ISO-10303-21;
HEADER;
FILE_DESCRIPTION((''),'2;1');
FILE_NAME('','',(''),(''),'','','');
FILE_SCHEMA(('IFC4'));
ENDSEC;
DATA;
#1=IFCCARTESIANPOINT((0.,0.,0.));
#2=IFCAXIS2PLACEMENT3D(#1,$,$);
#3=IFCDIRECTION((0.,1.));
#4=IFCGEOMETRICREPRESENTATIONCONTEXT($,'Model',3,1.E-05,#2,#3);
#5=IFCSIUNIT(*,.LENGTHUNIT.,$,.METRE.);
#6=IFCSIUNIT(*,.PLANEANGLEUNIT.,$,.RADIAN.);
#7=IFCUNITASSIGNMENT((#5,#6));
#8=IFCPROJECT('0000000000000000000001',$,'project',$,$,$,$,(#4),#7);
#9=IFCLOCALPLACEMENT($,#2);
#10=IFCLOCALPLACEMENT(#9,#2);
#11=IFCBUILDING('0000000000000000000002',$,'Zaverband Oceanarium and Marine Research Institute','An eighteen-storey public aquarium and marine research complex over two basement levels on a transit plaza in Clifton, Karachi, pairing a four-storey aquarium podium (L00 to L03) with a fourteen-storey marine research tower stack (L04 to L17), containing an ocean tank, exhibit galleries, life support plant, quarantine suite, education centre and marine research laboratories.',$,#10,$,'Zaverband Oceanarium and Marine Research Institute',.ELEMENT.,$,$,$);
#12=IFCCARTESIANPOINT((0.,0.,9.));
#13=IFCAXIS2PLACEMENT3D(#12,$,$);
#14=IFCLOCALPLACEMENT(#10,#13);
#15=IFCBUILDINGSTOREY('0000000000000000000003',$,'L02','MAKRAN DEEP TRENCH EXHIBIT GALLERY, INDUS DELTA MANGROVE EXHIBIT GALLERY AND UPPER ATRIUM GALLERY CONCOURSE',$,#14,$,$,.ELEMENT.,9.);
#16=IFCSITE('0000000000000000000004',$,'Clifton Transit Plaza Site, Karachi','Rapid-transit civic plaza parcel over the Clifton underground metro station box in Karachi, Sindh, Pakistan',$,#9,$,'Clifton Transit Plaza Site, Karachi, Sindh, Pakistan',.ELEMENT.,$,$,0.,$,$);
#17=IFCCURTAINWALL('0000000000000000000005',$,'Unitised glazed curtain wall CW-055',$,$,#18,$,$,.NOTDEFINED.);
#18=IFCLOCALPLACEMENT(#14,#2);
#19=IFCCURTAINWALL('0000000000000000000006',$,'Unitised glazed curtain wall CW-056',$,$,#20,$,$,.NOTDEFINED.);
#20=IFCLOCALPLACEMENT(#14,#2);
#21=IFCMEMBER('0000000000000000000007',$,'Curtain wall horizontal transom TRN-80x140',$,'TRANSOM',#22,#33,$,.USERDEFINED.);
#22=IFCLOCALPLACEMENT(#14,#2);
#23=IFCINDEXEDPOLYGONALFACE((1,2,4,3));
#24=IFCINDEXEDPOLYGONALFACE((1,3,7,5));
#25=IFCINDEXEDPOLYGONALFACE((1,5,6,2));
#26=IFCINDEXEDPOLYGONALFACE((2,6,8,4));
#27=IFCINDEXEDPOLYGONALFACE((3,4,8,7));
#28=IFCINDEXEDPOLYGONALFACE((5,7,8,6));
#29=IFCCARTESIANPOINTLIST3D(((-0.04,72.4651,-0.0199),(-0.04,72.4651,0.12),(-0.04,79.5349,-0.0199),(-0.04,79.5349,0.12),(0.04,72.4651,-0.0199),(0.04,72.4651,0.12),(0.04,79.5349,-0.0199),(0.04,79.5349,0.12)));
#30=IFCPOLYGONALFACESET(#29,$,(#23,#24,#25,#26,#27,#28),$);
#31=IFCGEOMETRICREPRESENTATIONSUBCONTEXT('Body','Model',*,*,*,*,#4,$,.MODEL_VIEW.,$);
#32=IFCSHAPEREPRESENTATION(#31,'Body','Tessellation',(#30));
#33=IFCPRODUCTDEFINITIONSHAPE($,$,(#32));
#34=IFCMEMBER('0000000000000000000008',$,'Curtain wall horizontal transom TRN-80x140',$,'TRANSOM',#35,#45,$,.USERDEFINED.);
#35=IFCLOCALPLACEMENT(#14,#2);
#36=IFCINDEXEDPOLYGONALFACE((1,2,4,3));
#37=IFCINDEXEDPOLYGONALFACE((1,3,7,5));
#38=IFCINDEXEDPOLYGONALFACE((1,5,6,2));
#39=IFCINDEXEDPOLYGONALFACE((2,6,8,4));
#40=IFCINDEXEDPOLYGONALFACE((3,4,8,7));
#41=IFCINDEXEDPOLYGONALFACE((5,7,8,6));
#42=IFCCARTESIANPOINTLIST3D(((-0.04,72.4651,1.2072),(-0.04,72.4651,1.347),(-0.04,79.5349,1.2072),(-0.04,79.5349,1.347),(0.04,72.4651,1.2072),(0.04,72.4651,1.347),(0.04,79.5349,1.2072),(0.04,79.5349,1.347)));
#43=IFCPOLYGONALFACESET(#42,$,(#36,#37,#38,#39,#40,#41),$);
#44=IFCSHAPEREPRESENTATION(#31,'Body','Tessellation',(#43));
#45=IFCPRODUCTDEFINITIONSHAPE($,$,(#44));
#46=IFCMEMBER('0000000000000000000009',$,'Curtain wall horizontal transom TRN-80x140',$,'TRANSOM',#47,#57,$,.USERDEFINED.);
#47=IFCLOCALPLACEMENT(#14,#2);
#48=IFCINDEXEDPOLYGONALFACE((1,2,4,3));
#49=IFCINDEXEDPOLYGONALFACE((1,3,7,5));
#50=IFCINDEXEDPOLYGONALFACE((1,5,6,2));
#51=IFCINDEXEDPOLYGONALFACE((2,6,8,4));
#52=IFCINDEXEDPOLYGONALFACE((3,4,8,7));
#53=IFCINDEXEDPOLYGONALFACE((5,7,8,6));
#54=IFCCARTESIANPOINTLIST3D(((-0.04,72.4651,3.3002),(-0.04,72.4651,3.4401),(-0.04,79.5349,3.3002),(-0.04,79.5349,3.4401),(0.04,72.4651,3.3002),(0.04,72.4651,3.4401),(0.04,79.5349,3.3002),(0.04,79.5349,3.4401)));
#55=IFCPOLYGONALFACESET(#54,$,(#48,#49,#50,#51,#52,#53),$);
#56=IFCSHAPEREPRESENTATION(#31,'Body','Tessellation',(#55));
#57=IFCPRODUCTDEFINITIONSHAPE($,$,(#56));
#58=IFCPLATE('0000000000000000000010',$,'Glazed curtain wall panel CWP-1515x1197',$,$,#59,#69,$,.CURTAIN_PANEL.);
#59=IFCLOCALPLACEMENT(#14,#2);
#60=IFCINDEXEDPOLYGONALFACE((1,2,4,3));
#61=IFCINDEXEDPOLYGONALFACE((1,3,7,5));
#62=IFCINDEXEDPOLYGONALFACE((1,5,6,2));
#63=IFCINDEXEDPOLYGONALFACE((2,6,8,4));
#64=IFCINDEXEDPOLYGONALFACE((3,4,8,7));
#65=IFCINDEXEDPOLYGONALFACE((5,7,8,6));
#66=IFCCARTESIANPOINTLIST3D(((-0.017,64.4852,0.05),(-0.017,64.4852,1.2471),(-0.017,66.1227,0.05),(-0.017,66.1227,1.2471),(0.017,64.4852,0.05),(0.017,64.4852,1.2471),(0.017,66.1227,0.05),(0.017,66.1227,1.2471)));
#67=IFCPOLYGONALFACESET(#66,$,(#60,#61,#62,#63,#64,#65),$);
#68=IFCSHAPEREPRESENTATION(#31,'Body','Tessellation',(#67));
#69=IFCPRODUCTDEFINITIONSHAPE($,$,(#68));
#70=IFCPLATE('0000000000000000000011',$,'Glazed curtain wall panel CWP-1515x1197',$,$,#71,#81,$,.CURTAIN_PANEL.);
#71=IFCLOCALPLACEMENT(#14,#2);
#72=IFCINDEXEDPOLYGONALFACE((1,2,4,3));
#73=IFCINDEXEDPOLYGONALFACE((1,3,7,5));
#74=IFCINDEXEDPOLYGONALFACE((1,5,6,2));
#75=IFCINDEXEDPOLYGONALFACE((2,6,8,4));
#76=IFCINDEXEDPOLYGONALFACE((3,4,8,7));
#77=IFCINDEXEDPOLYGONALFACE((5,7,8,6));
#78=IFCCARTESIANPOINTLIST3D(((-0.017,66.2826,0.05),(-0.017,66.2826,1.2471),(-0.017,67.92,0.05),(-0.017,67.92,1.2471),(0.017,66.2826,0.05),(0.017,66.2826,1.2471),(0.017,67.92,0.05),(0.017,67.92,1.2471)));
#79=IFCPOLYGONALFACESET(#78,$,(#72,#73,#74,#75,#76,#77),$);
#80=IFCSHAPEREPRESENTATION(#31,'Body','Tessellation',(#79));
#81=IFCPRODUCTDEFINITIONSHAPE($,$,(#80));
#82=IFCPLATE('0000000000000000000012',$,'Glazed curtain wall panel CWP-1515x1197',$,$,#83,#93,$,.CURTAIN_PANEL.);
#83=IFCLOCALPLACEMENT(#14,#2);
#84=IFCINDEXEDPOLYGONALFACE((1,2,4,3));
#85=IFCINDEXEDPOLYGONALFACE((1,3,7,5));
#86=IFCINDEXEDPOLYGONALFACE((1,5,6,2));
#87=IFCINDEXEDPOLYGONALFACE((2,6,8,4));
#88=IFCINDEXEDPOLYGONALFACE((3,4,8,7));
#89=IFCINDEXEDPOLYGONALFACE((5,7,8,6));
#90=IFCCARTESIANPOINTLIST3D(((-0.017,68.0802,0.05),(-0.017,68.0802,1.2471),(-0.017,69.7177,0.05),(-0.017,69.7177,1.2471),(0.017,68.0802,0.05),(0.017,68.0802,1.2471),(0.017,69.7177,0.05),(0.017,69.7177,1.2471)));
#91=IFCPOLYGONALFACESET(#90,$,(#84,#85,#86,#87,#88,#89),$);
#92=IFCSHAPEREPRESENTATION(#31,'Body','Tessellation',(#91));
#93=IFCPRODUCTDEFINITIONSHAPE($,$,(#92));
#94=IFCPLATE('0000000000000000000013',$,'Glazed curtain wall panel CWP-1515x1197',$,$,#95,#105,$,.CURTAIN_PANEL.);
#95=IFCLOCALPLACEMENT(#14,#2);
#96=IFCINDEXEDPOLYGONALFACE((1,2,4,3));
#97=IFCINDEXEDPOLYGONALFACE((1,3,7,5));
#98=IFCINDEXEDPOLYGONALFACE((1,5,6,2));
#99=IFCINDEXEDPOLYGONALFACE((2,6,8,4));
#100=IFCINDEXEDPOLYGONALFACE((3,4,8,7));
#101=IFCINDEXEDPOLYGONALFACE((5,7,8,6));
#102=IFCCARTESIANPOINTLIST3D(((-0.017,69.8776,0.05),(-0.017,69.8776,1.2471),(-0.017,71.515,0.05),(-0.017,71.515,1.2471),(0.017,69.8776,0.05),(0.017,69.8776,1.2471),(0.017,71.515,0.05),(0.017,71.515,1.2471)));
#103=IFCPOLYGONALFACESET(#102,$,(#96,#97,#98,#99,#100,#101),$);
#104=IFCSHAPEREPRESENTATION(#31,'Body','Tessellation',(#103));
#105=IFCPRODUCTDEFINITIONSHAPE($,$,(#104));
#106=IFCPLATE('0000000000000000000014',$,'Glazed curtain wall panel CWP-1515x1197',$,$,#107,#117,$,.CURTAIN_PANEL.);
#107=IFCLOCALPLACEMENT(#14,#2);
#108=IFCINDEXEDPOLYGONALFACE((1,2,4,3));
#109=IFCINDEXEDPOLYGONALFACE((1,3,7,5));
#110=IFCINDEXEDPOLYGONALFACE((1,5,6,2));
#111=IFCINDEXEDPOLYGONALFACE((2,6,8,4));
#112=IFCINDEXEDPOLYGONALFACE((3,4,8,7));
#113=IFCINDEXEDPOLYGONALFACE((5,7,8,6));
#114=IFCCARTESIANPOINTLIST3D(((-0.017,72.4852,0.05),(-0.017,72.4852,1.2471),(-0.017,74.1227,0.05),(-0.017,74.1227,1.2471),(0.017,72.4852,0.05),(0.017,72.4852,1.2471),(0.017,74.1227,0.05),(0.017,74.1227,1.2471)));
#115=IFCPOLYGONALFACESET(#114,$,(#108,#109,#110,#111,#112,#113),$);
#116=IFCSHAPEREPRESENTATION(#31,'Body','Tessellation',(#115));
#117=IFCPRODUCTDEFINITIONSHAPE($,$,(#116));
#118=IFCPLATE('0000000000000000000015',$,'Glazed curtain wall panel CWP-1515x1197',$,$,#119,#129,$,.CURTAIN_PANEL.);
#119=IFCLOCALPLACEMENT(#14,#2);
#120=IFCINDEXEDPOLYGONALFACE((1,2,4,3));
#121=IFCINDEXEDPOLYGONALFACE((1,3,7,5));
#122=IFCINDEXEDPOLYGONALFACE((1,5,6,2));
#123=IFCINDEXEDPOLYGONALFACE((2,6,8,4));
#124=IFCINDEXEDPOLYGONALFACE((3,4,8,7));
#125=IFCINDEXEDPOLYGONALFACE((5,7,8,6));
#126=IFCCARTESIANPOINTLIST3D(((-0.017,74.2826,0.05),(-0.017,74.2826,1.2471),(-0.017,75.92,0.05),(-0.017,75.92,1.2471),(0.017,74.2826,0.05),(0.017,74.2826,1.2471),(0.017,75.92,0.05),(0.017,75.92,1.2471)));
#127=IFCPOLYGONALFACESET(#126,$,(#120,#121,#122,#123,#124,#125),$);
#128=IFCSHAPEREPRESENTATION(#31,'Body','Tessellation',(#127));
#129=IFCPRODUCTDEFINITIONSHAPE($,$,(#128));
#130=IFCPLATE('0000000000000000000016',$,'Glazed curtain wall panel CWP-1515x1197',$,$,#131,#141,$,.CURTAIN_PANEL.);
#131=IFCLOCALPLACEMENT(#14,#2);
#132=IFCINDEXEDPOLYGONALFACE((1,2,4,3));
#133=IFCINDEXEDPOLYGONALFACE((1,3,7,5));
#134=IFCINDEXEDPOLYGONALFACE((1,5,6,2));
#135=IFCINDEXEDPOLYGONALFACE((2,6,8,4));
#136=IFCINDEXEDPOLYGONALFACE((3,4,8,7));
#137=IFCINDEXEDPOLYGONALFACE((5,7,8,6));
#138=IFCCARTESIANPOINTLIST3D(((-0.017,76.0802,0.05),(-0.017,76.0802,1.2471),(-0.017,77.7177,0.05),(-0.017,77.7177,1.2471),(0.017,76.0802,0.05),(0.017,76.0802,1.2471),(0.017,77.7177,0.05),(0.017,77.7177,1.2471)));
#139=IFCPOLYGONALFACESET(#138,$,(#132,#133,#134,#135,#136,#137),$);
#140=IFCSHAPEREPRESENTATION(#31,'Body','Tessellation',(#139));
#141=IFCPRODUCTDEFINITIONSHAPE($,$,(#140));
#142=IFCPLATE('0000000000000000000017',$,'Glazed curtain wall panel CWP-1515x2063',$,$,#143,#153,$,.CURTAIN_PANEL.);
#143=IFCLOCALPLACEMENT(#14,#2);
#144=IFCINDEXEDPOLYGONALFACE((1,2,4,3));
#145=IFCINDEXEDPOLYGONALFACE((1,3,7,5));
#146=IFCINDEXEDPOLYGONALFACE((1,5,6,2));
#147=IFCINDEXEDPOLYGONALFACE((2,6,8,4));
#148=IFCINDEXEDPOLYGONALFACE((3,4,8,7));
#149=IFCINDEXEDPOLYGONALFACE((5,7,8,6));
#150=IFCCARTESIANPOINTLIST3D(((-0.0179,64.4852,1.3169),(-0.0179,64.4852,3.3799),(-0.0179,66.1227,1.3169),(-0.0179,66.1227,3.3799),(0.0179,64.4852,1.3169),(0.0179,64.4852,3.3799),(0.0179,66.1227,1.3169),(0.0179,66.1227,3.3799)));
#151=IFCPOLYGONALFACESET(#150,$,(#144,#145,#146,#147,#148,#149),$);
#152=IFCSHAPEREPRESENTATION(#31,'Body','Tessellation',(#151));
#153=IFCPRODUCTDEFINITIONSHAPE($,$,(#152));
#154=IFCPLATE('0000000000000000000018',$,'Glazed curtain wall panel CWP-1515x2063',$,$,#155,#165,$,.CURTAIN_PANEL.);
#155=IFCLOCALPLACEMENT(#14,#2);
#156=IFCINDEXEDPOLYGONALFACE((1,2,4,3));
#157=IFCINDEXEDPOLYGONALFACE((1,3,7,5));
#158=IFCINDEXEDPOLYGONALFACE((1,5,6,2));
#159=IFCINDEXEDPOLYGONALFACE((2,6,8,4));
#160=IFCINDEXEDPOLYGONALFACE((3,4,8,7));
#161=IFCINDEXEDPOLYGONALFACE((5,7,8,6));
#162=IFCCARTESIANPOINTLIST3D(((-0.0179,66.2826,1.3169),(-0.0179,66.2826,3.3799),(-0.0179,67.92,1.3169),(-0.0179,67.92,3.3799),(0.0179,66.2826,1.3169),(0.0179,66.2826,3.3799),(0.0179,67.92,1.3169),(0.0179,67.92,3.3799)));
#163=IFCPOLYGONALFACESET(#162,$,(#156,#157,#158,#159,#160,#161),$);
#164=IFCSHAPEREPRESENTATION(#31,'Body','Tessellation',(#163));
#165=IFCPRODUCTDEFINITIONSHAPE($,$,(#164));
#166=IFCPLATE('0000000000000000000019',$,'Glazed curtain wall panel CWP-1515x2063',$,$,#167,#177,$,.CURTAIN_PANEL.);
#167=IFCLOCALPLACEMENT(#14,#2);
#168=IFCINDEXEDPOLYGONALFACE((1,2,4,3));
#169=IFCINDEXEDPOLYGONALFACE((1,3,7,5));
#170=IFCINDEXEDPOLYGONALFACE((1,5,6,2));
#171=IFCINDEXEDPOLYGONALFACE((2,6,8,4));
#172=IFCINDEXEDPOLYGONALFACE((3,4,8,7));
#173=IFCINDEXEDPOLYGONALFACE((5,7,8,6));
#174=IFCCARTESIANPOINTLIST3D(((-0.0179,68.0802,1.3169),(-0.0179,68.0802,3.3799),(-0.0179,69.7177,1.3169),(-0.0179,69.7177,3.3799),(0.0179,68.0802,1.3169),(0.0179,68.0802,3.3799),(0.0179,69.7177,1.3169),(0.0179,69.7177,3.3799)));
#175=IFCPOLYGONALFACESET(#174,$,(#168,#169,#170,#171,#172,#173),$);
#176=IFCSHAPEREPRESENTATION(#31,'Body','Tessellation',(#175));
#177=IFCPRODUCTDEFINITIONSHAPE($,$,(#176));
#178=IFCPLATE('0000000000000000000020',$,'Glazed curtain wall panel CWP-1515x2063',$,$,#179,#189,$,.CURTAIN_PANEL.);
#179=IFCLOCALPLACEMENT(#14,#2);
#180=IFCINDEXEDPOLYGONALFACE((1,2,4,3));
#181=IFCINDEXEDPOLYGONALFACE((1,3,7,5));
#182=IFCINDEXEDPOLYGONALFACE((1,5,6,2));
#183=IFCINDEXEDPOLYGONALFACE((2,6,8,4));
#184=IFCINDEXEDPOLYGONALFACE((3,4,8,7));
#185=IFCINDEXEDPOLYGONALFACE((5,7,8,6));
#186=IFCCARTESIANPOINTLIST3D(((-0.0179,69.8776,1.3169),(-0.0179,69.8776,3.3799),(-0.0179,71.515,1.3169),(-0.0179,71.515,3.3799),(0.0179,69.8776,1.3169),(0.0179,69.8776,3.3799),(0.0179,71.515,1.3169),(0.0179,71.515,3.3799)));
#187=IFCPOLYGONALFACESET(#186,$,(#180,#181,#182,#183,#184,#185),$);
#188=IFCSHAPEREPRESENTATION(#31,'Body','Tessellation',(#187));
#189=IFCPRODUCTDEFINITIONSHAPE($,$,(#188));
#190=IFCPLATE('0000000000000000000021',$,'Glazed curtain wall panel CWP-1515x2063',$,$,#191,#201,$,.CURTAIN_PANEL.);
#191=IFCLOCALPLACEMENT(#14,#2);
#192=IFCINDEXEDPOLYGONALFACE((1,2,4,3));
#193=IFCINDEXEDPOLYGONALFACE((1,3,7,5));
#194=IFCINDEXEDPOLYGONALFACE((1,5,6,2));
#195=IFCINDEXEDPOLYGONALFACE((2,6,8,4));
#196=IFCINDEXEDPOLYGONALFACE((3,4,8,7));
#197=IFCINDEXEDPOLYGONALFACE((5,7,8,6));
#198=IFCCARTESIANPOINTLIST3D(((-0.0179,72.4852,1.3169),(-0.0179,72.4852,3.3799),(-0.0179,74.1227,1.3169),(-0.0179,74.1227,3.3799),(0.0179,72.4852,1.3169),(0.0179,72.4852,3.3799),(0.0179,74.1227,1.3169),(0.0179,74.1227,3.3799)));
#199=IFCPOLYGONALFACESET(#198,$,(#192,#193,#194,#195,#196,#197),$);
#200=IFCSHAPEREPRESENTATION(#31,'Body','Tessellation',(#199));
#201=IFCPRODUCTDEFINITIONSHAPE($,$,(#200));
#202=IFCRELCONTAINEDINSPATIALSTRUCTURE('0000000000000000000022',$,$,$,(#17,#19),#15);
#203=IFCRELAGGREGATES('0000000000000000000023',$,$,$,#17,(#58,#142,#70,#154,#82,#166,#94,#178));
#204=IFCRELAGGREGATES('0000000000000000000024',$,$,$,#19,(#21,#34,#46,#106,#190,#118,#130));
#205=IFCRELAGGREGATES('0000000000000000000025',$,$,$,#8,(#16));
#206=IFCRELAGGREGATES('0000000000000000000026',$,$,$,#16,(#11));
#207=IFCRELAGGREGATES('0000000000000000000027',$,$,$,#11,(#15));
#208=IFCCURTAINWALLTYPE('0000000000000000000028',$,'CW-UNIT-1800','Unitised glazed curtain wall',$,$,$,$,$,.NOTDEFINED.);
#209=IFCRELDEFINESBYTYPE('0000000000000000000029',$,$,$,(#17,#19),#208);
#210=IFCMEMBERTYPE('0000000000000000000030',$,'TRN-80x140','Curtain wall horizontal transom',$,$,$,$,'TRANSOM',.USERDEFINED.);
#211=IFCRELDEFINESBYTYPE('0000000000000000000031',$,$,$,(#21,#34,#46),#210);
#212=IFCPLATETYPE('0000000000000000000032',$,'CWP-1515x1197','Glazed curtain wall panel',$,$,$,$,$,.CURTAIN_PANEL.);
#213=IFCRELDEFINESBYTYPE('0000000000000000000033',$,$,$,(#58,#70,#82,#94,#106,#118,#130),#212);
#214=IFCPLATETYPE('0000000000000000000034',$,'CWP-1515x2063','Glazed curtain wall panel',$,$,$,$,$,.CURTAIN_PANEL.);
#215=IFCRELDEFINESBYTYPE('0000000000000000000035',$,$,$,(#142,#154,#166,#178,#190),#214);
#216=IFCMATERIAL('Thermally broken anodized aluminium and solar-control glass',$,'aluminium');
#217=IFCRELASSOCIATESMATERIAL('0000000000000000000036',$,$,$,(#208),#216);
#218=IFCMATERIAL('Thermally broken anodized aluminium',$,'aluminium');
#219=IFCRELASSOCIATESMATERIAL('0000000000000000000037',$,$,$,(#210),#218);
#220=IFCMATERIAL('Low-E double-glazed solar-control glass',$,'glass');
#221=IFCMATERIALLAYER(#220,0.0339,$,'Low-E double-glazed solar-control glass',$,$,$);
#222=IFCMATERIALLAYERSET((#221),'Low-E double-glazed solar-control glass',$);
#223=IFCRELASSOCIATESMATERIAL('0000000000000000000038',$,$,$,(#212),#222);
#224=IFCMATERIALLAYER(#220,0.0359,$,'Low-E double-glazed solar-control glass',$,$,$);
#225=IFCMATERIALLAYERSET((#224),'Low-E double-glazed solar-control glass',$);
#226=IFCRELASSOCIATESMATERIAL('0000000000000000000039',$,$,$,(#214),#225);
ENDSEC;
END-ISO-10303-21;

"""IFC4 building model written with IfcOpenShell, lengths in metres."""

from ifc_helpers import new_model, si_unit, direction, frame, frame_2d, origin, origin_2d, place, context, subcontext, project, spatial, rectangle, extrude, material, layer, layer_set, material_profile, profile_set, type_object, element, aggregate, save


model = new_model("IFC4")

# Units and contexts
model_context = context("Model", 3, precision=1e-05, world=origin(), true_north=direction((0.0, 1.0)))
body_context = subcontext(model_context, "Body", "Model", "MODEL_VIEW")
ifc_project = project(units=[si_unit("LENGTHUNIT", "METRE"), si_unit("PLANEANGLEUNIT", "RADIAN")], contexts=[model_context])

# Site, building, storey
site_placement = place(None, origin())
site = spatial("IfcSite", under=ifc_project, at=site_placement, Name="Clifton Transit Plaza Site, Karachi", Description="Rapid-transit civic plaza parcel over the Clifton underground metro station box in Karachi, Sindh, Pakistan", LongName="Clifton Transit Plaza Site, Karachi, Sindh, Pakistan", CompositionType="ELEMENT", RefElevation=0.0)
building_placement = place(site_placement, origin())
building = spatial("IfcBuilding", under=site, at=building_placement, Name="Zaverband Oceanarium and Marine Research Institute", Description="An eighteen-storey public aquarium and marine research complex over two basement levels on a transit plaza in Clifton, Karachi, pairing a four-storey aquarium podium (L00 to L03) with a fourteen-storey marine research tower stack (L04 to L17), containing an ocean tank, exhibit galleries, life support plant, quarantine suite, education centre and marine research laboratories.", LongName="Zaverband Oceanarium and Marine Research Institute", CompositionType="ELEMENT")
storey_placement = place(building_placement, frame((0.0, 0.0, 9.0)))
storey = spatial("IfcBuildingStorey", under=building, at=storey_placement, Name="L02", Description="MAKRAN DEEP TRENCH EXHIBIT GALLERY, INDUS DELTA MANGROVE EXHIBIT GALLERY AND UPPER ATRIUM GALLERY CONCOURSE", CompositionType="ELEMENT", Elevation=9.0)

# Curtain walls
ifc_material_1 = material(Name="Thermally broken anodized aluminium and solar-control glass", Category="aluminium")
curtain_wall_type = type_object("IfcCurtainWallType", Name="CW-UNIT-1800", Description="Unitised glazed curtain wall", PredefinedType="NOTDEFINED", material=ifc_material_1)
curtain_wall_1_placement = place(storey_placement, origin())
curtain_wall_1 = element("IfcCurtainWall", 1, at=curtain_wall_1_placement, inside=storey, type_object=curtain_wall_type, Name="Unitised glazed curtain wall CW-055", PredefinedType="NOTDEFINED")
ifc_material_2 = material(Name="Thermally broken anodized aluminium", Category="aluminium")
curtain_wall_2_placement = place(storey_placement, origin())
curtain_wall_2 = element("IfcCurtainWall", 2, at=curtain_wall_2_placement, inside=storey, type_object=curtain_wall_type, Name="Unitised glazed curtain wall CW-056", PredefinedType="NOTDEFINED")

# Members
ifc_material_profile_1 = material_profile(ifc_material_2, rectangle(XDim=0.0801, YDim=0.1399, at=origin_2d()), Name="AL-TRN-80x140")
ifc_profile_set_1 = profile_set([ifc_material_profile_1], Name="Thermally broken anodized aluminium")
member_type_1 = type_object("IfcMemberType", Name="TRN-80x140", Description="Curtain wall horizontal transom", ElementType="TRANSOM", PredefinedType="USERDEFINED", material=ifc_profile_set_1)
member_1_placement = place(storey_placement, frame((0.0, 72.4651, 0.05), z_axis=(0.0, 1.0, 0.0), x_axis=(-1.0, 0.0, 0.0)))
member_1 = element("IfcMember", 3, at=member_1_placement, type_object=member_type_1, Name="Curtain wall horizontal transom TRN-80x140", ObjectType="TRANSOM", PredefinedType="USERDEFINED", context=body_context, shape_type="SweptSolid", body=[
    extrude(rectangle(XDim=0.0801, YDim=0.1399, at=origin_2d()), origin(), (0.0, 0.0, 1.0), 7.0698),
])
member_2_placement = place(storey_placement, frame((0.0, 72.4651, 1.2771), z_axis=(0.0, 1.0, 0.0), x_axis=(-1.0, 0.0, 0.0)))
member_2 = element("IfcMember", 4, at=member_2_placement, type_object=member_type_1, Name="Curtain wall horizontal transom TRN-80x140", ObjectType="TRANSOM", PredefinedType="USERDEFINED", context=body_context, shape_type="SweptSolid", body=[
    extrude(rectangle(XDim=0.0801, YDim=0.1399, at=origin_2d()), origin(), (0.0, 0.0, 1.0), 7.0698),
])
member_3_placement = place(storey_placement, frame((0.0, 72.4651, 3.3701), z_axis=(0.0, 1.0, 0.0), x_axis=(-1.0, 0.0, 0.0)))
member_3 = element("IfcMember", 5, at=member_3_placement, type_object=member_type_1, Name="Curtain wall horizontal transom TRN-80x140", ObjectType="TRANSOM", PredefinedType="USERDEFINED", context=body_context, shape_type="SweptSolid", body=[
    extrude(rectangle(XDim=0.0801, YDim=0.1399, at=origin_2d()), origin(), (0.0, 0.0, 1.0), 7.0698),
])

# Plates
ifc_material_3 = material(Name="Low-E double-glazed solar-control glass", Category="glass")
ifc_layer_1 = layer(ifc_material_3, 0.0339, Name="Low-E double-glazed solar-control glass")
ifc_layer_set_1 = layer_set([ifc_layer_1], Name="Low-E double-glazed solar-control glass")
plate_type_1 = type_object("IfcPlateType", Name="CWP-1515x1197", Description="Glazed curtain wall panel", PredefinedType="CURTAIN_PANEL", material=ifc_layer_set_1)
plate_1_placement = place(storey_placement, frame((0.0, 64.4851, 0.05), z_axis=(0.0, 0.0, 1.0), x_axis=(0.0, 1.0, 0.0)))
plate_1 = element("IfcPlate", 6, at=plate_1_placement, type_object=plate_type_1, Name="Glazed curtain wall panel CWP-1515x1197", PredefinedType="CURTAIN_PANEL", context=body_context, shape_type="SweptSolid", body=[
    extrude(rectangle(XDim=1.6375, YDim=0.0339, at=frame_2d((0.8188, 0.0))), origin(), (0.0, 0.0, 1.0), 1.197),
])
plate_2_placement = place(storey_placement, frame((0.0, 66.2825, 0.05), z_axis=(0.0, 0.0, 1.0), x_axis=(0.0, 1.0, 0.0)))
plate_2 = element("IfcPlate", 7, at=plate_2_placement, type_object=plate_type_1, Name="Glazed curtain wall panel CWP-1515x1197", PredefinedType="CURTAIN_PANEL", context=body_context, shape_type="SweptSolid", body=[
    extrude(rectangle(XDim=1.6375, YDim=0.0339, at=frame_2d((0.8188, 0.0))), origin(), (0.0, 0.0, 1.0), 1.197),
])
plate_3_placement = place(storey_placement, frame((0.0, 68.0801, 0.05), z_axis=(0.0, 0.0, 1.0), x_axis=(0.0, 1.0, 0.0)))
plate_3 = element("IfcPlate", 8, at=plate_3_placement, type_object=plate_type_1, Name="Glazed curtain wall panel CWP-1515x1197", PredefinedType="CURTAIN_PANEL", context=body_context, shape_type="SweptSolid", body=[
    extrude(rectangle(XDim=1.6375, YDim=0.0339, at=frame_2d((0.8188, 0.0))), origin(), (0.0, 0.0, 1.0), 1.197),
])
plate_4_placement = place(storey_placement, frame((0.0, 69.8774, 0.05), z_axis=(0.0, 0.0, 1.0), x_axis=(0.0, 1.0, 0.0)))
plate_4 = element("IfcPlate", 9, at=plate_4_placement, type_object=plate_type_1, Name="Glazed curtain wall panel CWP-1515x1197", PredefinedType="CURTAIN_PANEL", context=body_context, shape_type="SweptSolid", body=[
    extrude(rectangle(XDim=1.6375, YDim=0.0339, at=frame_2d((0.8188, 0.0))), origin(), (0.0, 0.0, 1.0), 1.197),
])
plate_5_placement = place(storey_placement, frame((0.0, 72.4851, 0.05), z_axis=(0.0, 0.0, 1.0), x_axis=(0.0, 1.0, 0.0)))
plate_5 = element("IfcPlate", 10, at=plate_5_placement, type_object=plate_type_1, Name="Glazed curtain wall panel CWP-1515x1197", PredefinedType="CURTAIN_PANEL", context=body_context, shape_type="SweptSolid", body=[
    extrude(rectangle(XDim=1.6375, YDim=0.0339, at=frame_2d((0.8188, 0.0))), origin(), (0.0, 0.0, 1.0), 1.197),
])
plate_6_placement = place(storey_placement, frame((0.0, 74.2825, 0.05), z_axis=(0.0, 0.0, 1.0), x_axis=(0.0, 1.0, 0.0)))
plate_6 = element("IfcPlate", 11, at=plate_6_placement, type_object=plate_type_1, Name="Glazed curtain wall panel CWP-1515x1197", PredefinedType="CURTAIN_PANEL", context=body_context, shape_type="SweptSolid", body=[
    extrude(rectangle(XDim=1.6375, YDim=0.0339, at=frame_2d((0.8188, 0.0))), origin(), (0.0, 0.0, 1.0), 1.197),
])
plate_7_placement = place(storey_placement, frame((0.0, 76.0801, 0.05), z_axis=(0.0, 0.0, 1.0), x_axis=(0.0, 1.0, 0.0)))
plate_7 = element("IfcPlate", 12, at=plate_7_placement, type_object=plate_type_1, Name="Glazed curtain wall panel CWP-1515x1197", PredefinedType="CURTAIN_PANEL", context=body_context, shape_type="SweptSolid", body=[
    extrude(rectangle(XDim=1.6375, YDim=0.0339, at=frame_2d((0.8188, 0.0))), origin(), (0.0, 0.0, 1.0), 1.197),
])
ifc_layer_2 = layer(ifc_material_3, 0.0359, Name="Low-E double-glazed solar-control glass")
ifc_layer_set_2 = layer_set([ifc_layer_2], Name="Low-E double-glazed solar-control glass")
plate_type_2 = type_object("IfcPlateType", Name="CWP-1515x2063", Description="Glazed curtain wall panel", PredefinedType="CURTAIN_PANEL", material=ifc_layer_set_2)
plate_8_placement = place(storey_placement, frame((0.0, 64.4851, 1.3169), z_axis=(0.0, 0.0, 1.0), x_axis=(0.0, 1.0, 0.0)))
plate_8 = element("IfcPlate", 13, at=plate_8_placement, type_object=plate_type_2, Name="Glazed curtain wall panel CWP-1515x2063", PredefinedType="CURTAIN_PANEL", context=body_context, shape_type="SweptSolid", body=[
    extrude(rectangle(XDim=1.6375, YDim=0.0359, at=frame_2d((0.8188, 0.0))), origin(), (0.0, 0.0, 1.0), 2.063),
])
plate_9_placement = place(storey_placement, frame((0.0, 66.2825, 1.3169), z_axis=(0.0, 0.0, 1.0), x_axis=(0.0, 1.0, 0.0)))
plate_9 = element("IfcPlate", 14, at=plate_9_placement, type_object=plate_type_2, Name="Glazed curtain wall panel CWP-1515x2063", PredefinedType="CURTAIN_PANEL", context=body_context, shape_type="SweptSolid", body=[
    extrude(rectangle(XDim=1.6375, YDim=0.0359, at=frame_2d((0.8188, 0.0))), origin(), (0.0, 0.0, 1.0), 2.063),
])
plate_10_placement = place(storey_placement, frame((0.0, 68.0801, 1.3169), z_axis=(0.0, 0.0, 1.0), x_axis=(0.0, 1.0, 0.0)))
plate_10 = element("IfcPlate", 15, at=plate_10_placement, type_object=plate_type_2, Name="Glazed curtain wall panel CWP-1515x2063", PredefinedType="CURTAIN_PANEL", context=body_context, shape_type="SweptSolid", body=[
    extrude(rectangle(XDim=1.6375, YDim=0.0359, at=frame_2d((0.8188, 0.0))), origin(), (0.0, 0.0, 1.0), 2.063),
])
plate_11_placement = place(storey_placement, frame((0.0, 69.8774, 1.3169), z_axis=(0.0, 0.0, 1.0), x_axis=(0.0, 1.0, 0.0)))
plate_11 = element("IfcPlate", 16, at=plate_11_placement, type_object=plate_type_2, Name="Glazed curtain wall panel CWP-1515x2063", PredefinedType="CURTAIN_PANEL", context=body_context, shape_type="SweptSolid", body=[
    extrude(rectangle(XDim=1.6375, YDim=0.0359, at=frame_2d((0.8188, 0.0))), origin(), (0.0, 0.0, 1.0), 2.063),
])
aggregate(curtain_wall_1, [plate_1, plate_8, plate_2, plate_9, plate_3, plate_10, plate_4, plate_11])
plate_12_placement = place(storey_placement, frame((0.0, 72.4851, 1.3169), z_axis=(0.0, 0.0, 1.0), x_axis=(0.0, 1.0, 0.0)))
plate_12 = element("IfcPlate", 17, at=plate_12_placement, type_object=plate_type_2, Name="Glazed curtain wall panel CWP-1515x2063", PredefinedType="CURTAIN_PANEL", context=body_context, shape_type="SweptSolid", body=[
    extrude(rectangle(XDim=1.6375, YDim=0.0359, at=frame_2d((0.8188, 0.0))), origin(), (0.0, 0.0, 1.0), 2.063),
])
aggregate(curtain_wall_2, [member_1, member_2, member_3, plate_5, plate_12, plate_6, plate_7])

save(model, "model.ifc")
